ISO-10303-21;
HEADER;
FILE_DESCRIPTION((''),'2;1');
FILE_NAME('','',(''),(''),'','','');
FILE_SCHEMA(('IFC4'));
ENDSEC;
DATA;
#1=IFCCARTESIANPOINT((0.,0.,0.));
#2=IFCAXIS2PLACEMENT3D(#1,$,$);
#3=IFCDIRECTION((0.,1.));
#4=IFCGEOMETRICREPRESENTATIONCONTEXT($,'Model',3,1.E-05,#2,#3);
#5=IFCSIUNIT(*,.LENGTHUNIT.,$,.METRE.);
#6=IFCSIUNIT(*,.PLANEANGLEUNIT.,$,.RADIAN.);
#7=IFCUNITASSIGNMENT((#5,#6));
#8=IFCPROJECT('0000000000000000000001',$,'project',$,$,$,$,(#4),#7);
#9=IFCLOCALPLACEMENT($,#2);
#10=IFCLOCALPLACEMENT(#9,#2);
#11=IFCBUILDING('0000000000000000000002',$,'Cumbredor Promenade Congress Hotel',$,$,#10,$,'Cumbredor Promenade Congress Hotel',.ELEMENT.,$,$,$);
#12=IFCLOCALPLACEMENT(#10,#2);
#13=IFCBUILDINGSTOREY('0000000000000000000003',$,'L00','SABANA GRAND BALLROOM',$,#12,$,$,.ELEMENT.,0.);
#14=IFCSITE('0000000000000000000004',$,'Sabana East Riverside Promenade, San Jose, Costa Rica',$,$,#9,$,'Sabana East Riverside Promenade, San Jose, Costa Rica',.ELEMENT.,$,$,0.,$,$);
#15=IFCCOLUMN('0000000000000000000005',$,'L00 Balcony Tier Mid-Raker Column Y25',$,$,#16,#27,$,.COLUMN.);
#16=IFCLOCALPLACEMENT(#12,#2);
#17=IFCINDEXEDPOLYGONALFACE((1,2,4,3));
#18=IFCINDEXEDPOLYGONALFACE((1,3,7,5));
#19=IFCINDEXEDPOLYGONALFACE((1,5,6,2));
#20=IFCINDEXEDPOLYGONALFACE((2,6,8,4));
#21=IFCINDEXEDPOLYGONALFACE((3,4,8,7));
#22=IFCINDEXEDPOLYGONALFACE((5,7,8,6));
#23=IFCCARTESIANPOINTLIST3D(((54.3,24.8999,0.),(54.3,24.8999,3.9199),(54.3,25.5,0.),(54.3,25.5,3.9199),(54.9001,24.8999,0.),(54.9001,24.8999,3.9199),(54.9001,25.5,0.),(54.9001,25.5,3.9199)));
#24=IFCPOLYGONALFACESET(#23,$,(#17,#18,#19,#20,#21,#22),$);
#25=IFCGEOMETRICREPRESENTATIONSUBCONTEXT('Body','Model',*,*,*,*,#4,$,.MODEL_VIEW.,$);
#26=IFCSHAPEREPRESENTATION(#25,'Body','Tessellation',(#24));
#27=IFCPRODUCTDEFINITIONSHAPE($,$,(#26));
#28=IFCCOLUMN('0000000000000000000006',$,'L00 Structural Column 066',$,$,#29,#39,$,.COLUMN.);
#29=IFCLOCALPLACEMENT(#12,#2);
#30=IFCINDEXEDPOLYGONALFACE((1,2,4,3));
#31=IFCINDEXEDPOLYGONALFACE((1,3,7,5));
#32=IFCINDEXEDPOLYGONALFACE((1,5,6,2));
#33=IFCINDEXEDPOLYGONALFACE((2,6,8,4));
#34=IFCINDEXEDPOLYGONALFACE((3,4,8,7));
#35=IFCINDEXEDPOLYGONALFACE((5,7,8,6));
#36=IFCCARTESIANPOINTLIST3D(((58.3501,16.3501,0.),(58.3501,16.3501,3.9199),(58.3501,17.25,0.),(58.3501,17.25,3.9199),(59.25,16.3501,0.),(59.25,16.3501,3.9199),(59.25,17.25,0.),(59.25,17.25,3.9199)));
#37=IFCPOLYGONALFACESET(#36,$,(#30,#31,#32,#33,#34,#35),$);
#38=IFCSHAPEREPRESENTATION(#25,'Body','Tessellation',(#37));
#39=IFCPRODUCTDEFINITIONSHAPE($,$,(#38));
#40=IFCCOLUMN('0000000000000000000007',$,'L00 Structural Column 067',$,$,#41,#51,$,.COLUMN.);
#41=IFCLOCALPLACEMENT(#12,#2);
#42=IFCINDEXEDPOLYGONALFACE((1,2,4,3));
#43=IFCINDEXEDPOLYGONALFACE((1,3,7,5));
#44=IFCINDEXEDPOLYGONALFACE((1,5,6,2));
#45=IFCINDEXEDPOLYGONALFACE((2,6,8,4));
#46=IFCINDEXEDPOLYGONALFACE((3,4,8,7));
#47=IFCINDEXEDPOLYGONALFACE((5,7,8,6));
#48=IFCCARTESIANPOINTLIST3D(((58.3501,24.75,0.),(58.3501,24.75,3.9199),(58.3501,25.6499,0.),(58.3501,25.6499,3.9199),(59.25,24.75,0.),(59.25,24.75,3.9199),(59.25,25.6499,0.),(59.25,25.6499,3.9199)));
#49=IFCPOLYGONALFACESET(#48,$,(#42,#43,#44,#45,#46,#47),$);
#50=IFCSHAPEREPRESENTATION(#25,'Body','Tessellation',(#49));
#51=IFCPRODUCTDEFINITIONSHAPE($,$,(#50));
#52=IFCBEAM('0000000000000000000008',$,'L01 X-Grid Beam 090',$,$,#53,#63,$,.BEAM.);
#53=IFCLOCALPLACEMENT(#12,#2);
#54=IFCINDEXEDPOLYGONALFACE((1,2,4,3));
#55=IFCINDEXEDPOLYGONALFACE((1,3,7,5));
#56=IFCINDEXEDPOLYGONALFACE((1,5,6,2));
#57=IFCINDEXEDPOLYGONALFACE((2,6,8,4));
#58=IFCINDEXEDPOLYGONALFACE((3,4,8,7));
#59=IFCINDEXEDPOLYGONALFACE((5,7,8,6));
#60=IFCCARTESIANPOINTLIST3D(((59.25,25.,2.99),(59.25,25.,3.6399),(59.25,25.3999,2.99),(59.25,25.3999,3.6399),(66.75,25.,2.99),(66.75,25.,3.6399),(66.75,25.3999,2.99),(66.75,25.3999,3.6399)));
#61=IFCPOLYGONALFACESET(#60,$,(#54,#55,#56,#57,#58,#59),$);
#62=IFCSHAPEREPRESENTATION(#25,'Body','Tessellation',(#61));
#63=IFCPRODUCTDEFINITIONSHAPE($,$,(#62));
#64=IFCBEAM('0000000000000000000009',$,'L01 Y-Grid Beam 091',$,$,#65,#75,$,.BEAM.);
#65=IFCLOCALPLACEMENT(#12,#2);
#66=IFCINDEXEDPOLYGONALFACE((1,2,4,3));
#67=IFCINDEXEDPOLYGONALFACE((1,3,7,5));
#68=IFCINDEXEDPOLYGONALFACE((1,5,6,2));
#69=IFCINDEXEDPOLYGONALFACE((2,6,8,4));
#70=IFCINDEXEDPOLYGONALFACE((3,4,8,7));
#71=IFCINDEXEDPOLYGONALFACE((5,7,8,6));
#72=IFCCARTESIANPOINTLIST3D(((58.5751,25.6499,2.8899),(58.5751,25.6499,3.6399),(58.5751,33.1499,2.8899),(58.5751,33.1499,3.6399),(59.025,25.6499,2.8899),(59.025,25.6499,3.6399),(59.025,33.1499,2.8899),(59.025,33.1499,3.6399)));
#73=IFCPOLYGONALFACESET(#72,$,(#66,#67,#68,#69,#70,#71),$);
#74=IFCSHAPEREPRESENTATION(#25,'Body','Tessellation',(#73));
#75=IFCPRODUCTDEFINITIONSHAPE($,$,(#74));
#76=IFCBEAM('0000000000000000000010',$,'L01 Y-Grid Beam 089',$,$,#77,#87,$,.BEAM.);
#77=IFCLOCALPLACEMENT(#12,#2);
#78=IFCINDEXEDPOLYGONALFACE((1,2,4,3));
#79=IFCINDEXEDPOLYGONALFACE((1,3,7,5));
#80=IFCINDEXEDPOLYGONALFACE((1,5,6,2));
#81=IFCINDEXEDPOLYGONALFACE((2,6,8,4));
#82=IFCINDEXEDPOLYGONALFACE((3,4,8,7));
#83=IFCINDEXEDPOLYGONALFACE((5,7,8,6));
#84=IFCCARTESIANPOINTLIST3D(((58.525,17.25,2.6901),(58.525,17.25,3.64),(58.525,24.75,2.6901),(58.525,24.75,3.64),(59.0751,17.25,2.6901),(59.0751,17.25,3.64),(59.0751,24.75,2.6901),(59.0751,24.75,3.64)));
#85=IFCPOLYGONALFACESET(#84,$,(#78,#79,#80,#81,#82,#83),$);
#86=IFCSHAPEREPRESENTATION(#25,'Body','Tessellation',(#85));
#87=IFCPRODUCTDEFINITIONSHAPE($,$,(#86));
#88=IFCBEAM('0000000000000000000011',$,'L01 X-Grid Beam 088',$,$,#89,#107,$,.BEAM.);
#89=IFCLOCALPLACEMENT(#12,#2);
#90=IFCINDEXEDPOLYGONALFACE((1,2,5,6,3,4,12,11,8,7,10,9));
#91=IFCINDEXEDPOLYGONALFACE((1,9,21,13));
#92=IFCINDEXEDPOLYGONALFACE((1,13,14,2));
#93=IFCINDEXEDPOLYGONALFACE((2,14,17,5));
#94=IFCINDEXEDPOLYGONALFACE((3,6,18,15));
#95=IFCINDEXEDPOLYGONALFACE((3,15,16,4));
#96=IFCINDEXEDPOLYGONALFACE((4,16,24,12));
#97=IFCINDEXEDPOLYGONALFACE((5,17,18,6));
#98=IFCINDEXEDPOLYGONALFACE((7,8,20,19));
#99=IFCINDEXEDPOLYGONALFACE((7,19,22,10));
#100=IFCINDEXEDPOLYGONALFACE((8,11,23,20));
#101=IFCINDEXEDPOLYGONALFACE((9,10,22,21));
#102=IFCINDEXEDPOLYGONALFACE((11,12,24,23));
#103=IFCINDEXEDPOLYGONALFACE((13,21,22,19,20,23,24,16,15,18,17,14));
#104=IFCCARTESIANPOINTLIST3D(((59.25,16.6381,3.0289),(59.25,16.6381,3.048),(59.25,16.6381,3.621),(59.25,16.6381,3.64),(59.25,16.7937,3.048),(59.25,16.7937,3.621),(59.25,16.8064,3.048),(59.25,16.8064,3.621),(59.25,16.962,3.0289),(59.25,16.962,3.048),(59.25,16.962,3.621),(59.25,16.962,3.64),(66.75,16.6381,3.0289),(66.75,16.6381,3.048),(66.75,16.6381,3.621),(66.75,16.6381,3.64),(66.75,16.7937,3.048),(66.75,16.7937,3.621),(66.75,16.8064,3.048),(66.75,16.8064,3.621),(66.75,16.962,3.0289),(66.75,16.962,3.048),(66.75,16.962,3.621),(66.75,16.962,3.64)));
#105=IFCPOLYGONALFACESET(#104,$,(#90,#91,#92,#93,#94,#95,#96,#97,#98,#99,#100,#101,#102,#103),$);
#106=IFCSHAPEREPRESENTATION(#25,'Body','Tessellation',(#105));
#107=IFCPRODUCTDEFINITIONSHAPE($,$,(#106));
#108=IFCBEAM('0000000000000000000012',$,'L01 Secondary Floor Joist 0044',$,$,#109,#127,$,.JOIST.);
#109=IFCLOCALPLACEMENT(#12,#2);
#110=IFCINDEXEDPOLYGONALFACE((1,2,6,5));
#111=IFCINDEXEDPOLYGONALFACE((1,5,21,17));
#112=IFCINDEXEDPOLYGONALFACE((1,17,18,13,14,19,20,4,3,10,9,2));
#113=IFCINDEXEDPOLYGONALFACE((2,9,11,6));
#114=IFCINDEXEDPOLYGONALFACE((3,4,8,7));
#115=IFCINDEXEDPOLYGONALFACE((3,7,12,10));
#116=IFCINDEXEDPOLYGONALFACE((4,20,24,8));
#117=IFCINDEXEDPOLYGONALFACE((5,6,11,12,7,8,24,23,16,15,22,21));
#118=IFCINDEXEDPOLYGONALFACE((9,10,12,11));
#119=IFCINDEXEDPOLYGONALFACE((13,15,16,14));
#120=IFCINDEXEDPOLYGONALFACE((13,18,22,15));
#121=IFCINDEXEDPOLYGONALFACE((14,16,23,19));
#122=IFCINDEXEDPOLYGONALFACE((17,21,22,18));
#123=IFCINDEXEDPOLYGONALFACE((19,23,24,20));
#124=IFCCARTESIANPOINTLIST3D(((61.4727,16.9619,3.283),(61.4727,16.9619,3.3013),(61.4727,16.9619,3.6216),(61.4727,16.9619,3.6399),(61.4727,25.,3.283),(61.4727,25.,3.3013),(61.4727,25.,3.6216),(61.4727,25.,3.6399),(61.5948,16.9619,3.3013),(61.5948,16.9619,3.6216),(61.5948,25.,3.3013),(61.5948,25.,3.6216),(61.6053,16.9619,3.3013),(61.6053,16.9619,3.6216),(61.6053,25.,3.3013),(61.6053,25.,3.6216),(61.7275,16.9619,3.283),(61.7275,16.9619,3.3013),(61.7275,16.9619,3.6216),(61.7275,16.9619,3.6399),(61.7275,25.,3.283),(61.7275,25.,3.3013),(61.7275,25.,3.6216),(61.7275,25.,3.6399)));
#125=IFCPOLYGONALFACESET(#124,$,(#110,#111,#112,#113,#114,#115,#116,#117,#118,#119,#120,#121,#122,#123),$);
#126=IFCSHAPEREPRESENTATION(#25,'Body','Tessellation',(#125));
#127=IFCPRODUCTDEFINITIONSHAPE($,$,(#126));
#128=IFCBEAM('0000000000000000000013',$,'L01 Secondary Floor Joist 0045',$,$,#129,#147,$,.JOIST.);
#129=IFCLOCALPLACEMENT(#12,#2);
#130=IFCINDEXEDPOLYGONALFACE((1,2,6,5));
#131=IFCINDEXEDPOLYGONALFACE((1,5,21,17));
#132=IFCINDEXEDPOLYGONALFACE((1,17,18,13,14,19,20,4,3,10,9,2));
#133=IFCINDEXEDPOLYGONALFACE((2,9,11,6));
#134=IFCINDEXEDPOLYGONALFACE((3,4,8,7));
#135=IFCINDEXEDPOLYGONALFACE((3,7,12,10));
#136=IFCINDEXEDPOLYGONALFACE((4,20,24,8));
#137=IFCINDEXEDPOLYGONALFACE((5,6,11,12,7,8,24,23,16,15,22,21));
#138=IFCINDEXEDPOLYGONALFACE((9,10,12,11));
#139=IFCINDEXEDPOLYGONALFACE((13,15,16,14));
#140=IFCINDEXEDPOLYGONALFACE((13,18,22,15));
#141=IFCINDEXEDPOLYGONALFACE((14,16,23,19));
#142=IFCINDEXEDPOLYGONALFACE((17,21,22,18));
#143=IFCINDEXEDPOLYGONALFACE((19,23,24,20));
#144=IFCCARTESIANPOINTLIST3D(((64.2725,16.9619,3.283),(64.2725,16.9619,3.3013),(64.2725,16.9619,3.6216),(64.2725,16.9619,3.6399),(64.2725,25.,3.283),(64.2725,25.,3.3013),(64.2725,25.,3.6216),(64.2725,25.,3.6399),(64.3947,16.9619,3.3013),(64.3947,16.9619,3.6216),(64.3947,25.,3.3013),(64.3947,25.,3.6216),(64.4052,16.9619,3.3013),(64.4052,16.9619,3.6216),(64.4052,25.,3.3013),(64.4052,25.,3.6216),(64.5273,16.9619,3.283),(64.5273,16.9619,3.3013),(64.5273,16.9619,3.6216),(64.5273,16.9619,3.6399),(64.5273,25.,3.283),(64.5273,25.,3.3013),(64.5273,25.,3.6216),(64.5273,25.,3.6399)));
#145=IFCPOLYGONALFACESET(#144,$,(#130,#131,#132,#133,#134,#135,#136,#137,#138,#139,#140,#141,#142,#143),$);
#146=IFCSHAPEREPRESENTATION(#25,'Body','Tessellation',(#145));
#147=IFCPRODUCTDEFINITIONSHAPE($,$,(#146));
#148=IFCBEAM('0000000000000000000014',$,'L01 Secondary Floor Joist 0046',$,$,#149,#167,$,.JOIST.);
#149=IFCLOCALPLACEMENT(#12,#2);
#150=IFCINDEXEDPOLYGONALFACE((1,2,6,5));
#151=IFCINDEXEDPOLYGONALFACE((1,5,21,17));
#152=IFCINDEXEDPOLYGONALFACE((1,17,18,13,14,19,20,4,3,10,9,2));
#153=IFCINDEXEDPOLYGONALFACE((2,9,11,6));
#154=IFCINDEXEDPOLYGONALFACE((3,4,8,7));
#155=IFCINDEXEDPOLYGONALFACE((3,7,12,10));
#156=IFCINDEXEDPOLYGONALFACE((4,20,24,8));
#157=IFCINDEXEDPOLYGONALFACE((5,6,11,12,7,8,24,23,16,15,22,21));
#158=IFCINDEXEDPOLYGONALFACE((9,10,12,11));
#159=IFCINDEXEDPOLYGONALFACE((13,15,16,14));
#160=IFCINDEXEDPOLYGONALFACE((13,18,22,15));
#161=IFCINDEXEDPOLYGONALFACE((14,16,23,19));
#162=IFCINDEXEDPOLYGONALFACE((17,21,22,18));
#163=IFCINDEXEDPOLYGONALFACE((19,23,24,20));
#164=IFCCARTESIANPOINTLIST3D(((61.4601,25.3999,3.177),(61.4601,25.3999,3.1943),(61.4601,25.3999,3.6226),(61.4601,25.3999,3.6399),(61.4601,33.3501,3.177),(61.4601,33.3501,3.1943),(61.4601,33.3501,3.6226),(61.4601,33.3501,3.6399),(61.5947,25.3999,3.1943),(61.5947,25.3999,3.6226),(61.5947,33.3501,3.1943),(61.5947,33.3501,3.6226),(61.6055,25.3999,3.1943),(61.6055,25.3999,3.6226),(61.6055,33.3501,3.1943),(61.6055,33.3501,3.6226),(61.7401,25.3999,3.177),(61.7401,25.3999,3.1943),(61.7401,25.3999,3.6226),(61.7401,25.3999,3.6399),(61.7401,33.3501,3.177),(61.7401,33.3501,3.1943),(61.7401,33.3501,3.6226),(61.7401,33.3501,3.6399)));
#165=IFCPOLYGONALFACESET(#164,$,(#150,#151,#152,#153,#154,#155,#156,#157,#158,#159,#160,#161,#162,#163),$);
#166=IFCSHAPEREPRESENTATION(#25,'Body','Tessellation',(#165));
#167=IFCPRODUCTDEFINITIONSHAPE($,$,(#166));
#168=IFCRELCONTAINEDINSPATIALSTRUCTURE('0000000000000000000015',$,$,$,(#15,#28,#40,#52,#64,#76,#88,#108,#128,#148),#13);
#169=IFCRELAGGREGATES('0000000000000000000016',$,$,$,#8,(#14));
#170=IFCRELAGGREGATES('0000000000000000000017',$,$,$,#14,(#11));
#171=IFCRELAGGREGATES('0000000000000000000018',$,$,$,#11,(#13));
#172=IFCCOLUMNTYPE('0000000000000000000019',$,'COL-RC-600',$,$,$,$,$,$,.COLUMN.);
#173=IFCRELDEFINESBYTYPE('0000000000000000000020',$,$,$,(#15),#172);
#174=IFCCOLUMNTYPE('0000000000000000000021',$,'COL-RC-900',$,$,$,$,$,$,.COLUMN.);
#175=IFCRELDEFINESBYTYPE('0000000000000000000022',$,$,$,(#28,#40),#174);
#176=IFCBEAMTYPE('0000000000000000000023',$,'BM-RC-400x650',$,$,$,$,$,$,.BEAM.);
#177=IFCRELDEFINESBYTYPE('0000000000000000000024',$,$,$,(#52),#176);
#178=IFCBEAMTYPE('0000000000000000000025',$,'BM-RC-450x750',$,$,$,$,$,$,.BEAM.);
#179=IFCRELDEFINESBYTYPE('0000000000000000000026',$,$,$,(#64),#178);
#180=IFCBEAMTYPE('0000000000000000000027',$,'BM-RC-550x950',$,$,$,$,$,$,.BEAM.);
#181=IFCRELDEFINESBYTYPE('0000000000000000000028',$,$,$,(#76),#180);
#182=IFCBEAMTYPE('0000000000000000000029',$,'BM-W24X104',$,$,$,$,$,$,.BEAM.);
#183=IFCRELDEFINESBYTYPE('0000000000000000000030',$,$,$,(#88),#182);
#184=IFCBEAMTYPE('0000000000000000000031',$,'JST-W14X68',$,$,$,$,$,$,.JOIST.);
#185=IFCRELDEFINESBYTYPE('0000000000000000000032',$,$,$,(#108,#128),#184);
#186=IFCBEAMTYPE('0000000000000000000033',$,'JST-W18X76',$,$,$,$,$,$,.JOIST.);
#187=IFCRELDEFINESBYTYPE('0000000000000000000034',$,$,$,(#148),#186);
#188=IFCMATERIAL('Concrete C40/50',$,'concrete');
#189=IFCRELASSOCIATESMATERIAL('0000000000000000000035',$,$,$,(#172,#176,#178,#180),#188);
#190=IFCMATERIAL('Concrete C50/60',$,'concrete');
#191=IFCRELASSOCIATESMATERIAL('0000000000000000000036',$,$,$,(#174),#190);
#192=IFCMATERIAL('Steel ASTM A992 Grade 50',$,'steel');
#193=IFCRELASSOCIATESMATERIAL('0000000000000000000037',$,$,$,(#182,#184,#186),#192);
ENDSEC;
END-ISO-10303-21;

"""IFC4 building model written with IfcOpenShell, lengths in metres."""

from ifc_helpers import new_model, si_unit, direction, frame, origin, origin_2d, place, context, subcontext, project, spatial, rectangle, i_section, extrude, material, material_profile, profile_set, type_object, element, save


model = new_model("IFC4")

# Units and contexts
model_context = context("Model", 3, precision=1e-05, world=origin(), true_north=direction((0.0, 1.0)))
body_context = subcontext(model_context, "Body", "Model", "MODEL_VIEW")
ifc_project = project(units=[si_unit("LENGTHUNIT", "METRE"), si_unit("PLANEANGLEUNIT", "RADIAN")], contexts=[model_context])

# Site, building, storey
site_placement = place(None, origin())
site = spatial("IfcSite", under=ifc_project, at=site_placement, Name="Sabana East Riverside Promenade, San Jose, Costa Rica", LongName="Sabana East Riverside Promenade, San Jose, Costa Rica", CompositionType="ELEMENT", RefElevation=0.0)
building_placement = place(site_placement, origin())
building = spatial("IfcBuilding", under=site, at=building_placement, Name="Cumbredor Promenade Congress Hotel", LongName="Cumbredor Promenade Congress Hotel", CompositionType="ELEMENT")
storey_placement = place(building_placement, origin())
storey = spatial("IfcBuildingStorey", under=building, at=storey_placement, Name="L00", Description="SABANA GRAND BALLROOM", CompositionType="ELEMENT", Elevation=0.0)

# Columns
ifc_material_1 = material(Name="Concrete C40/50", Category="concrete")
ifc_material_profile_1 = material_profile(ifc_material_1, rectangle(XDim=0.6001, YDim=0.6001, at=origin_2d()), Name="RC 600x600")
ifc_profile_set_1 = profile_set([ifc_material_profile_1], Name="Concrete C40/50")
column_type_1 = type_object("IfcColumnType", Name="COL-RC-600", PredefinedType="COLUMN", material=ifc_profile_set_1)
column_placement = place(storey_placement, frame((54.6001, 25.2, 0.0), z_axis=(0.0, 0.0, 1.0), x_axis=(1.0, 0.0, 0.0)))
element("IfcColumn", 1, at=column_placement, inside=storey, type_object=column_type_1, Name="L00 Balcony Tier Mid-Raker Column Y25", PredefinedType="COLUMN", context=body_context, shape_type="SweptSolid", body=[
    extrude(rectangle(XDim=0.6001, YDim=0.6001, at=origin_2d()), origin(), (0.0, 0.0, 1.0), 3.9199),
])
ifc_material_2 = material(Name="Concrete C50/60", Category="concrete")
ifc_material_profile_2 = material_profile(ifc_material_2, rectangle(XDim=0.8999, YDim=0.8999, at=origin_2d()), Name="RC 900x900")
ifc_profile_set_2 = profile_set([ifc_material_profile_2], Name="Concrete C50/60")
column_type_2 = type_object("IfcColumnType", Name="COL-RC-900", PredefinedType="COLUMN", material=ifc_profile_set_2)
for number, where, z_axis, x_axis, name in (
    (2, (58.8, 16.8, 0.0), (0.0, 0.0, 1.0), (1.0, 0.0, 0.0), "L00 Structural Column 066"),
    (3, (58.8, 25.2, 0.0), (0.0, 0.0, 1.0), (1.0, 0.0, 0.0), "L00 Structural Column 067"),
):
    element("IfcColumn", number, at=place(storey_placement, frame(where, z_axis=z_axis, x_axis=x_axis)), inside=storey, type_object=column_type_2, Name=name, PredefinedType="COLUMN", context=body_context, shape_type="SweptSolid", body=[
        extrude(rectangle(XDim=0.8999, YDim=0.8999, at=origin_2d()), origin(), (0.0, 0.0, 1.0), 3.9199),
    ])

# Beams
ifc_material_profile_3 = material_profile(ifc_material_1, rectangle(XDim=0.3999, YDim=0.6499, at=origin_2d()), Name="RC BEAM 400x650")
ifc_profile_set_3 = profile_set([ifc_material_profile_3], Name="Concrete C40/50")
beam_type_1 = type_object("IfcBeamType", Name="BM-RC-400x650", PredefinedType="BEAM", material=ifc_profile_set_3)
beam_1_placement = place(storey_placement, frame((59.25, 25.2, 3.3149), z_axis=(1.0, 0.0, 0.0), x_axis=(0.0, 1.0, 0.0)))
element("IfcBeam", 4, at=beam_1_placement, inside=storey, type_object=beam_type_1, Name="L01 X-Grid Beam 090", PredefinedType="BEAM", context=body_context, shape_type="SweptSolid", body=[
    extrude(rectangle(XDim=0.3999, YDim=0.6499, at=origin_2d()), origin(), (0.0, 0.0, 1.0), 7.5),
])
ifc_material_profile_4 = material_profile(ifc_material_1, rectangle(XDim=0.45, YDim=0.75, at=origin_2d()), Name="RC BEAM 450x750")
ifc_profile_set_4 = profile_set([ifc_material_profile_4], Name="Concrete C40/50")
beam_type_2 = type_object("IfcBeamType", Name="BM-RC-450x750", PredefinedType="BEAM", material=ifc_profile_set_4)
beam_2_placement = place(storey_placement, frame((58.8, 25.6499, 3.2649), z_axis=(0.0, 1.0, 0.0), x_axis=(-1.0, 0.0, 0.0)))
element("IfcBeam", 5, at=beam_2_placement, inside=storey, type_object=beam_type_2, Name="L01 Y-Grid Beam 091", PredefinedType="BEAM", context=body_context, shape_type="SweptSolid", body=[
    extrude(rectangle(XDim=0.45, YDim=0.75, at=origin_2d()), origin(), (0.0, 0.0, 1.0), 7.5),
])
ifc_material_profile_5 = material_profile(ifc_material_1, rectangle(XDim=0.55, YDim=0.95, at=origin_2d()), Name="RC BEAM 550x950")
ifc_profile_set_5 = profile_set([ifc_material_profile_5], Name="Concrete C40/50")
beam_type_3 = type_object("IfcBeamType", Name="BM-RC-550x950", PredefinedType="BEAM", material=ifc_profile_set_5)
beam_3_placement = place(storey_placement, frame((58.8, 17.25, 3.165), z_axis=(0.0, 1.0, 0.0), x_axis=(-1.0, 0.0, 0.0)))
element("IfcBeam", 6, at=beam_3_placement, inside=storey, type_object=beam_type_3, Name="L01 Y-Grid Beam 089", PredefinedType="BEAM", context=body_context, shape_type="SweptSolid", body=[
    extrude(rectangle(XDim=0.55, YDim=0.95, at=origin_2d()), origin(), (0.0, 0.0, 1.0), 7.5),
])
ifc_material_3 = material(Name="Steel ASTM A992 Grade 50", Category="steel")
ifc_material_profile_6 = material_profile(ifc_material_3, i_section(OverallWidth=0.324, OverallDepth=0.6111, WebThickness=0.0127, FlangeThickness=0.019, at=origin_2d()), Name="W24X104")
ifc_profile_set_6 = profile_set([ifc_material_profile_6], Name="Steel ASTM A992 Grade 50")
beam_type_4 = type_object("IfcBeamType", Name="BM-W24X104", PredefinedType="BEAM", material=ifc_profile_set_6)
beam_4_placement = place(storey_placement, frame((59.25, 16.8, 3.3345), z_axis=(1.0, 0.0, 0.0), x_axis=(0.0, 1.0, 0.0)))
element("IfcBeam", 7, at=beam_4_placement, inside=storey, type_object=beam_type_4, Name="L01 X-Grid Beam 088", PredefinedType="BEAM", context=body_context, shape_type="SweptSolid", body=[
    extrude(i_section(OverallWidth=0.324, OverallDepth=0.6111, WebThickness=0.0127, FlangeThickness=0.019, at=origin_2d()), origin(), (0.0, 0.0, 1.0), 7.5),
])
ifc_material_profile_7 = material_profile(ifc_material_3, i_section(OverallWidth=0.2549, OverallDepth=0.3569, WebThickness=0.0105, FlangeThickness=0.0183, at=origin_2d()), Name="W14X68")
ifc_profile_set_7 = profile_set([ifc_material_profile_7], Name="Steel ASTM A992 Grade 50")
beam_type_5 = type_object("IfcBeamType", Name="JST-W14X68", PredefinedType="JOIST", material=ifc_profile_set_7)
for number, where, z_axis, x_axis, name in (
    (8, (61.6001, 16.9619, 3.4614), (0.0, 1.0, 0.0), (-1.0, 0.0, 0.0), "L01 Secondary Floor Joist 0044"),
    (9, (64.3999, 16.9619, 3.4614), (0.0, 1.0, 0.0), (-1.0, 0.0, 0.0), "L01 Secondary Floor Joist 0045"),
):
    element("IfcBeam", number, at=place(storey_placement, frame(where, z_axis=z_axis, x_axis=x_axis)), inside=storey, type_object=beam_type_5, Name=name, PredefinedType="JOIST", context=body_context, shape_type="SweptSolid", body=[
        extrude(i_section(OverallWidth=0.2549, OverallDepth=0.3569, WebThickness=0.0105, FlangeThickness=0.0183, at=origin_2d()), origin(), (0.0, 0.0, 1.0), 8.0381),
    ])
ifc_material_profile_8 = material_profile(ifc_material_3, i_section(OverallWidth=0.28, OverallDepth=0.4629, WebThickness=0.0107, FlangeThickness=0.0173, at=origin_2d()), Name="W18X76")
ifc_profile_set_8 = profile_set([ifc_material_profile_8], Name="Steel ASTM A992 Grade 50")
beam_type_6 = type_object("IfcBeamType", Name="JST-W18X76", PredefinedType="JOIST", material=ifc_profile_set_8)
for number, where, z_axis, x_axis, name in (
    (10, (61.6001, 25.3999, 3.4084), (0.0, 1.0, 0.0), (-1.0, 0.0, 0.0), "L01 Secondary Floor Joist 0046"),
):
    element("IfcBeam", number, at=place(storey_placement, frame(where, z_axis=z_axis, x_axis=x_axis)), inside=storey, type_object=beam_type_6, Name=name, PredefinedType="JOIST", context=body_context, shape_type="SweptSolid", body=[
        extrude(i_section(OverallWidth=0.28, OverallDepth=0.4629, WebThickness=0.0107, FlangeThickness=0.0173, at=origin_2d()), origin(), (0.0, 0.0, 1.0), 7.9502),
    ])

save(model, "model.ifc")
